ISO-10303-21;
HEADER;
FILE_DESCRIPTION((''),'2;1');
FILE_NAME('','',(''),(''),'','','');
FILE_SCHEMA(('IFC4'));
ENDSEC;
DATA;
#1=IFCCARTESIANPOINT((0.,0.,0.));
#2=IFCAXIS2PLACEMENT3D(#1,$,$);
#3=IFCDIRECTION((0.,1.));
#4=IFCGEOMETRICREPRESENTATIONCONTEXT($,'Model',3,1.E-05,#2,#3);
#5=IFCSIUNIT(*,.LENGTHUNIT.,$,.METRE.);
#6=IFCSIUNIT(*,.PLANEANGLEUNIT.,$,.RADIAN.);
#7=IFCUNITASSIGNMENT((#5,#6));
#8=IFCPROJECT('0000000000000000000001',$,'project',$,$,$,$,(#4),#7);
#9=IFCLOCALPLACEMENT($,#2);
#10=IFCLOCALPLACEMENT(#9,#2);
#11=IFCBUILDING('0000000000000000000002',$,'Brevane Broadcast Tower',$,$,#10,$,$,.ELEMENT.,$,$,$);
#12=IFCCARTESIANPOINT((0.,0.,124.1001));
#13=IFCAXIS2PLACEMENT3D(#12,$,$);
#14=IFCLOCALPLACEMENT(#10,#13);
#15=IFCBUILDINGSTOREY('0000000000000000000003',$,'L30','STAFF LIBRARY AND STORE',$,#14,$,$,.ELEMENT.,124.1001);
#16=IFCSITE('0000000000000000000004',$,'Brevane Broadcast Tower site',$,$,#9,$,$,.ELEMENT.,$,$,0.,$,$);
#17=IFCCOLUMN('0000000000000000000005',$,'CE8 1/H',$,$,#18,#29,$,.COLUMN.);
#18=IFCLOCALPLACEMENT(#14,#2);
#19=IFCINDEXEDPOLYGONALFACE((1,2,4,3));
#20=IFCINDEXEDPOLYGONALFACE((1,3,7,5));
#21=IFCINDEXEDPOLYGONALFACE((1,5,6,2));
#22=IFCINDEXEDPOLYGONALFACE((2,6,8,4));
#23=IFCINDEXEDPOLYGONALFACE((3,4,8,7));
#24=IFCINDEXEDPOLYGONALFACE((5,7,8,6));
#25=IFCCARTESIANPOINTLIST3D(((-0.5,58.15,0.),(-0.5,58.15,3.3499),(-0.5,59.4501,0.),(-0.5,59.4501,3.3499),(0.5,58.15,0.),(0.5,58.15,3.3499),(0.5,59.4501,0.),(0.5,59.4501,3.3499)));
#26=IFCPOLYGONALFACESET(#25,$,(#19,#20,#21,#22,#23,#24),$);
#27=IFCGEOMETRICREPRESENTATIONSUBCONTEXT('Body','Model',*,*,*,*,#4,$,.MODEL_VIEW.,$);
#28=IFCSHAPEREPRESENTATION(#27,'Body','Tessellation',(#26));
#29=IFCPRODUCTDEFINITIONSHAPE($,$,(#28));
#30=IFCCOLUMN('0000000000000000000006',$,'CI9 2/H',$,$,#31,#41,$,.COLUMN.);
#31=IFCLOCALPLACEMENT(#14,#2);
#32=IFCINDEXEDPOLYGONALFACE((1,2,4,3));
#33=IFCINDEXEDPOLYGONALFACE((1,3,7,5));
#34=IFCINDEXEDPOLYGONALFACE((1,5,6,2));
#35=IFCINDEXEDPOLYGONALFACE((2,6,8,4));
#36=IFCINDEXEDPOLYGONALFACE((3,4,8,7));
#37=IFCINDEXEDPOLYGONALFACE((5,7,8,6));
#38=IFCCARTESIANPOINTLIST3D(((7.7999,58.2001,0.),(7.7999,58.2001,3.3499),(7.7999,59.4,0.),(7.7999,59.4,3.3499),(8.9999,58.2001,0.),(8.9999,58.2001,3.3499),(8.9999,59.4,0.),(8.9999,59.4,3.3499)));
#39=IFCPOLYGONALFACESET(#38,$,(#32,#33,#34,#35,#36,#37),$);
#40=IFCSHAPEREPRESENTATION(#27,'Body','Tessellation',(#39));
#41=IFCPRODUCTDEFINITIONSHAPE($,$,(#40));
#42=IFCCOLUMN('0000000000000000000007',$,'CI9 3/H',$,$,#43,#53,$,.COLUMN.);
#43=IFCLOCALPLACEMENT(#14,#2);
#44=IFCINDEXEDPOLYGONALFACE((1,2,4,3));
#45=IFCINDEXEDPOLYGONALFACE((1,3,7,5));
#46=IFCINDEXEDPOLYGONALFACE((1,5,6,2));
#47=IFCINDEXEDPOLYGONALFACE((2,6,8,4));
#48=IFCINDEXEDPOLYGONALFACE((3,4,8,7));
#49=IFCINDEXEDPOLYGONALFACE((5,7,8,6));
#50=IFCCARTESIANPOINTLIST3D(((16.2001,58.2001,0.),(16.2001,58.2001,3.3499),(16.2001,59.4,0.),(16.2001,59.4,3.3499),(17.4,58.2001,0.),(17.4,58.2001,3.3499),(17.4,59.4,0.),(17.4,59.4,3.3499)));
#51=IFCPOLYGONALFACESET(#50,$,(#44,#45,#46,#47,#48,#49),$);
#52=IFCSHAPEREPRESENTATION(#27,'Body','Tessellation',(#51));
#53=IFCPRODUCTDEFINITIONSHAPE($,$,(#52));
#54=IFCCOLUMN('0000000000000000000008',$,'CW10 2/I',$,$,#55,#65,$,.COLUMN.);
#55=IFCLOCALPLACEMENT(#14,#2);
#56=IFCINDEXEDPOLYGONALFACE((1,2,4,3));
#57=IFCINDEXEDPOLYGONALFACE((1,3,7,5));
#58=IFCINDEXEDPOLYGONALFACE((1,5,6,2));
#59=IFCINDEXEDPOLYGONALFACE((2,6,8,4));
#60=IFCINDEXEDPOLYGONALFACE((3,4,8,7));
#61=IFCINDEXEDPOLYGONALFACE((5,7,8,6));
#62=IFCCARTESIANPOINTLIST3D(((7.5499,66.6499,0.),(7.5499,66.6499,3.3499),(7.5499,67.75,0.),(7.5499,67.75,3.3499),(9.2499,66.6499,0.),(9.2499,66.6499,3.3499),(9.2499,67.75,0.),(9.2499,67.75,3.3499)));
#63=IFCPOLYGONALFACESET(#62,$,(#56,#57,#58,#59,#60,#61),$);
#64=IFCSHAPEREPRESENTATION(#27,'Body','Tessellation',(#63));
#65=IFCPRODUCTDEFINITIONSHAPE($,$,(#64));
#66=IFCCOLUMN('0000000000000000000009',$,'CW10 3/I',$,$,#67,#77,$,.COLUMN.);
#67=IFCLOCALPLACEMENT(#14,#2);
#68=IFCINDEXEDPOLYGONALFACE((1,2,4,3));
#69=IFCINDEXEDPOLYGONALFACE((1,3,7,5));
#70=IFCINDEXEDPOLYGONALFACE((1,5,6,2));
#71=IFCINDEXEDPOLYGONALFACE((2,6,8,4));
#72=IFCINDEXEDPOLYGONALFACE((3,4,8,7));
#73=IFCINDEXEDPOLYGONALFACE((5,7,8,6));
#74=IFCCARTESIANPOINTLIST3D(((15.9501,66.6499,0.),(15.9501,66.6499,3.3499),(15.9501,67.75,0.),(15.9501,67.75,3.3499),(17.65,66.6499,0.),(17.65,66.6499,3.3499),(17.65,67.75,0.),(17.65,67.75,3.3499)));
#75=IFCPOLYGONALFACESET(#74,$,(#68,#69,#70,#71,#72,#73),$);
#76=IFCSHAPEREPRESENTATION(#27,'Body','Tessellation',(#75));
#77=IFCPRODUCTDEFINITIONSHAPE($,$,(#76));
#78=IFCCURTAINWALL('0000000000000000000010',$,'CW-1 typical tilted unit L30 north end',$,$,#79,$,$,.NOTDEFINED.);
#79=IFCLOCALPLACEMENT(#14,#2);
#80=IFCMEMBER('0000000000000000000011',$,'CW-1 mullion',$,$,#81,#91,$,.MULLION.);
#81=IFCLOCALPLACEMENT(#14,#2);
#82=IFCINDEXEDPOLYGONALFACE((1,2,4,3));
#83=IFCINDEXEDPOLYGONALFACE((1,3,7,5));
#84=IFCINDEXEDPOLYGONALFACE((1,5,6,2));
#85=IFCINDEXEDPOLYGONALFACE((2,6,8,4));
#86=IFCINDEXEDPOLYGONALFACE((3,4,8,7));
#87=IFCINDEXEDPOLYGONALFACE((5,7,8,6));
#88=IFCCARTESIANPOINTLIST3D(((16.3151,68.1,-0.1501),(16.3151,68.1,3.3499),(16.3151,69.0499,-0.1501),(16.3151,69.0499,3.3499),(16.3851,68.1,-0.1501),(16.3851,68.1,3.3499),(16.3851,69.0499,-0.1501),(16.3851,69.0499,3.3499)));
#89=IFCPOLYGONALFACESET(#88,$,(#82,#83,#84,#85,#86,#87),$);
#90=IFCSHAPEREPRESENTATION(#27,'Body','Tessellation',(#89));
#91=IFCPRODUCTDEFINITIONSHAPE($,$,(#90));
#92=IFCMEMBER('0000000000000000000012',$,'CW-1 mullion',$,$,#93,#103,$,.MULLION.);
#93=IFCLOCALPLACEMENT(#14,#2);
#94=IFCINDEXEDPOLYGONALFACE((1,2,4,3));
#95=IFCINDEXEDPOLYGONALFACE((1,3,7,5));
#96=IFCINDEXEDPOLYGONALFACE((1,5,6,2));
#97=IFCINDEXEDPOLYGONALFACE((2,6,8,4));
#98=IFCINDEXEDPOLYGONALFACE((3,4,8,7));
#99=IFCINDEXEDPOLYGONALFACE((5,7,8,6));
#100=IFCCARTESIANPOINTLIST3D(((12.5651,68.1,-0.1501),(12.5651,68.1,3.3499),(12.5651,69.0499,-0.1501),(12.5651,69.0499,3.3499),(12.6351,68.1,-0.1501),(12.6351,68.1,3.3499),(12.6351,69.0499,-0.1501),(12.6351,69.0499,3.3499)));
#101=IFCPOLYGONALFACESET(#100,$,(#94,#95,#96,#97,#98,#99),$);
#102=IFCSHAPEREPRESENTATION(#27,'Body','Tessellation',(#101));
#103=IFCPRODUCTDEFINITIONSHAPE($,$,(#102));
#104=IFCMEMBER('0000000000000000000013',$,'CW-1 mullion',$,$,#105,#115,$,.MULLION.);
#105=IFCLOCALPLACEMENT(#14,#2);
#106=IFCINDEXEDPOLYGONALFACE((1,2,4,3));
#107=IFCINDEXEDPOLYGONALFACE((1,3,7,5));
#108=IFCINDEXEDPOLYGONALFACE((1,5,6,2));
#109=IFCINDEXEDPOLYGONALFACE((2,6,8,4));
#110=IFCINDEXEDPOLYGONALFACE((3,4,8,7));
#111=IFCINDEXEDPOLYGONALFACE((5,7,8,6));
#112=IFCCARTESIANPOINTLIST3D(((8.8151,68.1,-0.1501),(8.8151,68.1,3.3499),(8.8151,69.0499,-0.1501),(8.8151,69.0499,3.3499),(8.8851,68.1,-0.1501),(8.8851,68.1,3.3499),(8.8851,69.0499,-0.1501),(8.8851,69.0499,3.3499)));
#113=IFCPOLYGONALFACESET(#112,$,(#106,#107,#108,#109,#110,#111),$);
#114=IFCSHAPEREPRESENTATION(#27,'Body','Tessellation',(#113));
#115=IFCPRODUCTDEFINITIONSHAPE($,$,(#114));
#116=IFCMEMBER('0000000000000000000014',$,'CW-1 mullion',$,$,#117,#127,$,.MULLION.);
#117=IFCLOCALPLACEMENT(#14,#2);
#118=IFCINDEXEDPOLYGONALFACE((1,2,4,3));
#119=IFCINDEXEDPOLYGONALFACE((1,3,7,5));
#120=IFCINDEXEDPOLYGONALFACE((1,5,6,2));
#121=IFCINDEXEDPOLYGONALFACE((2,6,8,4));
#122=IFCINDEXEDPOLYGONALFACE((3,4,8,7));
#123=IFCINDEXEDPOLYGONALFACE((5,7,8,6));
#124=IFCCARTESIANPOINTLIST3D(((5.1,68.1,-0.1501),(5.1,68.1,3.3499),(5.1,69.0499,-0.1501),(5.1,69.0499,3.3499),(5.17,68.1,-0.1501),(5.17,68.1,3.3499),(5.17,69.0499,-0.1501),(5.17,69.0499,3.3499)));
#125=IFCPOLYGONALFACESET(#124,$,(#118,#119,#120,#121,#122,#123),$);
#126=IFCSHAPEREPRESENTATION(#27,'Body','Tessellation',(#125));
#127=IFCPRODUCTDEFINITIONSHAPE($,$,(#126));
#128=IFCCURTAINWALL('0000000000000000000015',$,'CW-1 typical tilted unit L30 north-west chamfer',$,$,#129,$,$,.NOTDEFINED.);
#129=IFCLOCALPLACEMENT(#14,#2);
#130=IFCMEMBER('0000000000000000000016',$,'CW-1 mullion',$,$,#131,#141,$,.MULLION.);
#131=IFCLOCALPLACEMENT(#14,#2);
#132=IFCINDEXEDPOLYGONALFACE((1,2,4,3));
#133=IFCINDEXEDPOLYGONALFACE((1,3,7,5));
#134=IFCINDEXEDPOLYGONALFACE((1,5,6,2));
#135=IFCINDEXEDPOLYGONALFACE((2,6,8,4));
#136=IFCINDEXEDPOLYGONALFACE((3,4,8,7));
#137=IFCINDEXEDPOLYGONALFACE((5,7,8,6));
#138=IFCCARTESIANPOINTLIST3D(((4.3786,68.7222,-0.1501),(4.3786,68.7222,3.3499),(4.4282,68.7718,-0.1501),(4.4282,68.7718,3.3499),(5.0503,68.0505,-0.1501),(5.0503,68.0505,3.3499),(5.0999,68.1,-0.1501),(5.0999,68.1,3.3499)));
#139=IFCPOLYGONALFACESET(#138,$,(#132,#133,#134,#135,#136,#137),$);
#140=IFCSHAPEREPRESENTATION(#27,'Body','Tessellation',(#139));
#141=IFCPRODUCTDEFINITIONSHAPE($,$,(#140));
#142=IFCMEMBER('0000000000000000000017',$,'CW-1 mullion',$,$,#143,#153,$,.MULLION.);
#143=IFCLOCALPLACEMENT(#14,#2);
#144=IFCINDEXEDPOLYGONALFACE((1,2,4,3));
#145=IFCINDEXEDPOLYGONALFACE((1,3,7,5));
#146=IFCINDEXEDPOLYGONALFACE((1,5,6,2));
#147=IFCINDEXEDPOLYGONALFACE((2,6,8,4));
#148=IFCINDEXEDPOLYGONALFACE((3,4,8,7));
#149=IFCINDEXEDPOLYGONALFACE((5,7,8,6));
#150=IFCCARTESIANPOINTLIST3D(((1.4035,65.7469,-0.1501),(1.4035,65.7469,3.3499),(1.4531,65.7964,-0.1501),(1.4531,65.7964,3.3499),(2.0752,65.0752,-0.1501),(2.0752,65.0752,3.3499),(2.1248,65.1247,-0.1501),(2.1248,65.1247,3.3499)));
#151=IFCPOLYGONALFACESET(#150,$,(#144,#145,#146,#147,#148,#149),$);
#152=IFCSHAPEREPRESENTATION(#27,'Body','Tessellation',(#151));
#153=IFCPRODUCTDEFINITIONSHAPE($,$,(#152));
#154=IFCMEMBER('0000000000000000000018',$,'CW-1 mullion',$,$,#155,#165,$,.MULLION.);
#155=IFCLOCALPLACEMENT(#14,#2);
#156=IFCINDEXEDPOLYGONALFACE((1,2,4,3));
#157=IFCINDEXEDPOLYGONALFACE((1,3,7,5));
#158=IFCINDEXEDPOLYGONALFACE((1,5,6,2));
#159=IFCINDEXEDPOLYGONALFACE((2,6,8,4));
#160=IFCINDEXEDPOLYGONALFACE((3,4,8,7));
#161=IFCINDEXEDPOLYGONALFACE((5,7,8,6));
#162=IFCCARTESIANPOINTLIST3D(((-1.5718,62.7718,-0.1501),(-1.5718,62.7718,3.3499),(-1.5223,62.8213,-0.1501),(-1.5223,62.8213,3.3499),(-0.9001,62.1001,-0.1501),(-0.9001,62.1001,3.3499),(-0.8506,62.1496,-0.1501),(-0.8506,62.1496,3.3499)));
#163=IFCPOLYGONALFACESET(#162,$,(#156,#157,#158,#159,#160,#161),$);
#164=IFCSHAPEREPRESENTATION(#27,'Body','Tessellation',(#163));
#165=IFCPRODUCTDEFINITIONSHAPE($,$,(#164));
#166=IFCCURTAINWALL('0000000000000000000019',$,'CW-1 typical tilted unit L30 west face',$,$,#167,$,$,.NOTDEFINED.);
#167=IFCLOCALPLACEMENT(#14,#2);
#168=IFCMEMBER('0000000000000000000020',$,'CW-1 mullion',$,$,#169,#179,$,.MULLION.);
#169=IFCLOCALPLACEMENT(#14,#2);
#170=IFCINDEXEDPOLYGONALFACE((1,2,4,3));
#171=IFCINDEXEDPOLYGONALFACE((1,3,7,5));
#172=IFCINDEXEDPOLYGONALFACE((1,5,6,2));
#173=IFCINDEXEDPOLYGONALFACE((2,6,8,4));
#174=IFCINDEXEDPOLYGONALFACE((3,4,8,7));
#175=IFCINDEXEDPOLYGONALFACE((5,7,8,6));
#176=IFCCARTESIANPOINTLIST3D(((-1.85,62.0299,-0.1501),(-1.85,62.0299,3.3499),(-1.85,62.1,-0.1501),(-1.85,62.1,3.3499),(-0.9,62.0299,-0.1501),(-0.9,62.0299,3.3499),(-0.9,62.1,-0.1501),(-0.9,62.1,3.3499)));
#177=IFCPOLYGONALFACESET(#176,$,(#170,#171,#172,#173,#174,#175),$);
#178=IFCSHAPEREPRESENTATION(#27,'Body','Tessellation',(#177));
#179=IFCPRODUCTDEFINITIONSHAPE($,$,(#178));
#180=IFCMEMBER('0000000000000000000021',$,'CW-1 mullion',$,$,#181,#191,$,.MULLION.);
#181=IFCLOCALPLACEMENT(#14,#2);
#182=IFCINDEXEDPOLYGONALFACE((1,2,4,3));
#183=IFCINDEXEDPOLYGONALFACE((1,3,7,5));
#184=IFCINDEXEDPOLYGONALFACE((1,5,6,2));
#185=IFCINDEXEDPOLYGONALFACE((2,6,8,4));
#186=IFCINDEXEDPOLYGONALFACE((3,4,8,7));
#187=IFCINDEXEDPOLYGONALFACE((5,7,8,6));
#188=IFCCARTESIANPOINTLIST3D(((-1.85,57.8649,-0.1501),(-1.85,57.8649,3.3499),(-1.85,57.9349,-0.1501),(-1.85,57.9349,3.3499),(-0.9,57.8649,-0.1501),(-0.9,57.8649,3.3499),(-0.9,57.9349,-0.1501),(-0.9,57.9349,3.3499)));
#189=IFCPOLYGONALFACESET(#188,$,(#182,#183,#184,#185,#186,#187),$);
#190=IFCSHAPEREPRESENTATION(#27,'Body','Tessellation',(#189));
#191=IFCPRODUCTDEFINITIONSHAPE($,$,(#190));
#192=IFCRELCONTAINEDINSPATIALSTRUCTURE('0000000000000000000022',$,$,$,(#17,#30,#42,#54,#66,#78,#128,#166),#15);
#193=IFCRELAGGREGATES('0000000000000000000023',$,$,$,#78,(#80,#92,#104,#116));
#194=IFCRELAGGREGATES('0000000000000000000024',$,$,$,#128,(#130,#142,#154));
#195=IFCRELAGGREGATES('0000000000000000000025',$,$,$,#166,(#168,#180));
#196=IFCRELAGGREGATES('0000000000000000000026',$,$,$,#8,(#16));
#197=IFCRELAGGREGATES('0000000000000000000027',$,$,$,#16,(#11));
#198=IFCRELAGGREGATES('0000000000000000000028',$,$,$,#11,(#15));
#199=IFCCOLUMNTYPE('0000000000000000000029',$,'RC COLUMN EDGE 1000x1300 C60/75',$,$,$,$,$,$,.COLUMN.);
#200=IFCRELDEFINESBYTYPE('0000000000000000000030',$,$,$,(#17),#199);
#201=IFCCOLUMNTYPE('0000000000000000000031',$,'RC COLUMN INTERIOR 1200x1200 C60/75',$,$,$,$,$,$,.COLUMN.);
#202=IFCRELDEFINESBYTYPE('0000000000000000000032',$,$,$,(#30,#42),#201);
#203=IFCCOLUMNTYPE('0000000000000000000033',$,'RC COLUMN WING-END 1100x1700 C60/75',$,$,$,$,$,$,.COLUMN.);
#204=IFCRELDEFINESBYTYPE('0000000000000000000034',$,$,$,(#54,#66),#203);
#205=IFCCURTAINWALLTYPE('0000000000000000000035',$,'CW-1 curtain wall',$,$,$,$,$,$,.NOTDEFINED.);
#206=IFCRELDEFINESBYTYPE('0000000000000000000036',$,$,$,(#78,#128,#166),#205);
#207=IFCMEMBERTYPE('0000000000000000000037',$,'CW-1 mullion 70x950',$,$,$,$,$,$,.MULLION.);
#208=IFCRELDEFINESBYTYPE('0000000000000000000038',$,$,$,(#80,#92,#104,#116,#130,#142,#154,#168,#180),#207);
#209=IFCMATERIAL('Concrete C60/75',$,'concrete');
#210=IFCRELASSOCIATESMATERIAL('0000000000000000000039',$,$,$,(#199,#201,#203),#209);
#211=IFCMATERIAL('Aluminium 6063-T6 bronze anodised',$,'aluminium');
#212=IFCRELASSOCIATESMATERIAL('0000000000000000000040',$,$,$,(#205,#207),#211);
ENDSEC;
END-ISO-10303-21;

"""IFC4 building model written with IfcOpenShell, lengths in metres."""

from ifc_helpers import new_model, si_unit, direction, frame, origin, origin_2d, place, context, subcontext, project, spatial, rectangle, extrude, material, material_profile, profile_set, type_object, element, aggregate, save


model = new_model("IFC4")

# Units and contexts
model_context = context("Model", 3, precision=1e-05, world=origin(), true_north=direction((0.0, 1.0)))
body_context = subcontext(model_context, "Body", "Model", "MODEL_VIEW")
ifc_project = project(units=[si_unit("LENGTHUNIT", "METRE"), si_unit("PLANEANGLEUNIT", "RADIAN")], contexts=[model_context])

# Site, building, storey
site_placement = place(None, origin())
site = spatial("IfcSite", under=ifc_project, at=site_placement, Name="Brevane Broadcast Tower site", CompositionType="ELEMENT", RefElevation=0.0)
building_placement = place(site_placement, origin())
building = spatial("IfcBuilding", under=site, at=building_placement, Name="Brevane Broadcast Tower", CompositionType="ELEMENT")
storey_placement = place(building_placement, frame((0.0, 0.0, 124.1001)))
storey = spatial("IfcBuildingStorey", under=building, at=storey_placement, Name="L30", Description="STAFF LIBRARY AND STORE", CompositionType="ELEMENT", Elevation=124.1001)

# Columns
ifc_material_1 = material(Name="Concrete C60/75", Category="concrete")
ifc_material_profile_1 = material_profile(ifc_material_1, rectangle(XDim=1.0, YDim=1.3, at=origin_2d()), Name="RC 1000x1300")
ifc_profile_set_1 = profile_set([ifc_material_profile_1], Name="Concrete C60/75")
column_type_1 = type_object("IfcColumnType", Name="RC COLUMN EDGE 1000x1300 C60/75", PredefinedType="COLUMN", material=ifc_profile_set_1)
column_placement = place(storey_placement, frame((0.0, 58.8, 0.0), z_axis=(0.0, 0.0, 1.0), x_axis=(1.0, 0.0, 0.0)))
element("IfcColumn", 1, at=column_placement, inside=storey, type_object=column_type_1, Name="CE8 1/H", PredefinedType="COLUMN", context=body_context, shape_type="SweptSolid", body=[
    extrude(rectangle(XDim=1.0, YDim=1.3, at=origin_2d()), origin(), (0.0, 0.0, 1.0), 3.3499),
])
ifc_material_profile_2 = material_profile(ifc_material_1, rectangle(XDim=1.2, YDim=1.2, at=origin_2d()), Name="RC 1200x1200")
ifc_profile_set_2 = profile_set([ifc_material_profile_2], Name="Concrete C60/75")
column_type_2 = type_object("IfcColumnType", Name="RC COLUMN INTERIOR 1200x1200 C60/75", PredefinedType="COLUMN", material=ifc_profile_set_2)
for number, where, z_axis, x_axis, name in (
    (2, (8.3999, 58.8, 0.0), (0.0, 0.0, 1.0), (1.0, 0.0, 0.0), "CI9 2/H"),
    (3, (16.8, 58.8, 0.0), (0.0, 0.0, 1.0), (1.0, 0.0, 0.0), "CI9 3/H"),
):
    element("IfcColumn", number, at=place(storey_placement, frame(where, z_axis=z_axis, x_axis=x_axis)), inside=storey, type_object=column_type_2, Name=name, PredefinedType="COLUMN", context=body_context, shape_type="SweptSolid", body=[
        extrude(rectangle(XDim=1.2, YDim=1.2, at=origin_2d()), origin(), (0.0, 0.0, 1.0), 3.3499),
    ])
ifc_material_profile_3 = material_profile(ifc_material_1, rectangle(XDim=1.1001, YDim=1.7, at=origin_2d()), Name="RC 1100x1700")
ifc_profile_set_3 = profile_set([ifc_material_profile_3], Name="Concrete C60/75")
column_type_3 = type_object("IfcColumnType", Name="RC COLUMN WING-END 1100x1700 C60/75", PredefinedType="COLUMN", material=ifc_profile_set_3)
for number, where, z_axis, x_axis, name in (
    (4, (8.3999, 67.2, 0.0), (0.0, 0.0, 1.0), (0.0, 1.0, 0.0), "CW10 2/I"),
    (5, (16.8, 67.2, 0.0), (0.0, 0.0, 1.0), (0.0, 1.0, 0.0), "CW10 3/I"),
):
    element("IfcColumn", number, at=place(storey_placement, frame(where, z_axis=z_axis, x_axis=x_axis)), inside=storey, type_object=column_type_3, Name=name, PredefinedType="COLUMN", context=body_context, shape_type="SweptSolid", body=[
        extrude(rectangle(XDim=1.1001, YDim=1.7, at=origin_2d()), origin(), (0.0, 0.0, 1.0), 3.3499),
    ])

# Curtain walls, members
ifc_material_2 = material(Name="Aluminium 6063-T6 bronze anodised", Category="aluminium")
curtain_wall_type = type_object("IfcCurtainWallType", Name="CW-1 curtain wall", PredefinedType="NOTDEFINED", material=ifc_material_2)
curtain_wall_1_placement = place(storey_placement, origin())
curtain_wall_1 = element("IfcCurtainWall", 6, at=curtain_wall_1_placement, inside=storey, type_object=curtain_wall_type, Name="CW-1 typical tilted unit L30 north end", PredefinedType="NOTDEFINED")
ifc_material_profile_4 = material_profile(ifc_material_2, rectangle(XDim=0.95, YDim=0.0701, at=origin_2d()), Name="RECT 70x950")
ifc_profile_set_4 = profile_set([ifc_material_profile_4], Name="Aluminium 6063-T6 bronze anodised")
member_type_1 = type_object("IfcMemberType", Name="CW-1 mullion 70x950", PredefinedType="MULLION", material=ifc_profile_set_4)
member_1_placement = place(storey_placement, frame((16.3501, 68.575, -0.1501), z_axis=(0.0, 0.0, 1.0), x_axis=(0.0, -1.0, 0.0)))
member_1 = element("IfcMember", 7, at=member_1_placement, type_object=member_type_1, Name="CW-1 mullion", PredefinedType="MULLION", context=body_context, shape_type="SweptSolid", body=[
    extrude(rectangle(XDim=0.95, YDim=0.0701, at=origin_2d()), origin(), (0.0, 0.0, 1.0), 3.5),
])
member_2_placement = place(storey_placement, frame((12.6001, 68.575, -0.1501), z_axis=(0.0, 0.0, 1.0), x_axis=(0.0, -1.0, 0.0)))
member_2 = element("IfcMember", 8, at=member_2_placement, type_object=member_type_1, Name="CW-1 mullion", PredefinedType="MULLION", context=body_context, shape_type="SweptSolid", body=[
    extrude(rectangle(XDim=0.95, YDim=0.0701, at=origin_2d()), origin(), (0.0, 0.0, 1.0), 3.5),
])
member_3_placement = place(storey_placement, frame((8.8501, 68.575, -0.1501), z_axis=(0.0, 0.0, 1.0), x_axis=(0.0, -1.0, 0.0)))
member_3 = element("IfcMember", 9, at=member_3_placement, type_object=member_type_1, Name="CW-1 mullion", PredefinedType="MULLION", context=body_context, shape_type="SweptSolid", body=[
    extrude(rectangle(XDim=0.95, YDim=0.0701, at=origin_2d()), origin(), (0.0, 0.0, 1.0), 3.5),
])
member_4_placement = place(storey_placement, frame((5.135, 68.575, -0.1501), z_axis=(0.0, 0.0, 1.0), x_axis=(0.0, -1.0, 0.0)))
member_4 = element("IfcMember", 10, at=member_4_placement, type_object=member_type_1, Name="CW-1 mullion", PredefinedType="MULLION", context=body_context, shape_type="SweptSolid", body=[
    extrude(rectangle(XDim=0.95, YDim=0.0701, at=origin_2d()), origin(), (0.0, 0.0, 1.0), 3.5),
])
aggregate(curtain_wall_1, [member_1, member_2, member_3, member_4])
curtain_wall_2_placement = place(storey_placement, origin())
curtain_wall_2 = element("IfcCurtainWall", 11, at=curtain_wall_2_placement, inside=storey, type_object=curtain_wall_type, Name="CW-1 typical tilted unit L30 north-west chamfer", PredefinedType="NOTDEFINED")
member_5_placement = place(storey_placement, frame((4.7393, 68.4111, -0.1501), z_axis=(0.0, 0.0, 1.0), x_axis=(0.707107, -0.707107, 0.0)))
member_5 = element("IfcMember", 12, at=member_5_placement, type_object=member_type_1, Name="CW-1 mullion", PredefinedType="MULLION", context=body_context, shape_type="SweptSolid", body=[
    extrude(rectangle(XDim=0.95, YDim=0.0701, at=origin_2d()), origin(), (0.0, 0.0, 1.0), 3.5),
])
member_6_placement = place(storey_placement, frame((1.7642, 65.4358, -0.1501), z_axis=(0.0, 0.0, 1.0), x_axis=(0.707107, -0.707107, 0.0)))
member_6 = element("IfcMember", 13, at=member_6_placement, type_object=member_type_1, Name="CW-1 mullion", PredefinedType="MULLION", context=body_context, shape_type="SweptSolid", body=[
    extrude(rectangle(XDim=0.95, YDim=0.0701, at=origin_2d()), origin(), (0.0, 0.0, 1.0), 3.5),
])
member_7_placement = place(storey_placement, frame((-1.2112, 62.4607, -0.1501), z_axis=(0.0, 0.0, 1.0), x_axis=(0.707107, -0.707107, 0.0)))
member_7 = element("IfcMember", 14, at=member_7_placement, type_object=member_type_1, Name="CW-1 mullion", PredefinedType="MULLION", context=body_context, shape_type="SweptSolid", body=[
    extrude(rectangle(XDim=0.95, YDim=0.0701, at=origin_2d()), origin(), (0.0, 0.0, 1.0), 3.5),
])
curtain_wall_3_placement = place(storey_placement, origin())
curtain_wall_3 = element("IfcCurtainWall", 15, at=curtain_wall_3_placement, inside=storey, type_object=curtain_wall_type, Name="CW-1 typical tilted unit L30 west face", PredefinedType="NOTDEFINED")
member_8_placement = place(storey_placement, frame((-1.375, 62.0649, -0.1501), z_axis=(0.0, 0.0, 1.0), x_axis=(1.0, 0.0, 0.0)))
member_8 = element("IfcMember", 16, at=member_8_placement, type_object=member_type_1, Name="CW-1 mullion", PredefinedType="MULLION", context=body_context, shape_type="SweptSolid", body=[
    extrude(rectangle(XDim=0.95, YDim=0.0701, at=origin_2d()), origin(), (0.0, 0.0, 1.0), 3.5),
])
member_9_placement = place(storey_placement, frame((-1.375, 57.8999, -0.1501), z_axis=(0.0, 0.0, 1.0), x_axis=(1.0, 0.0, 0.0)))
member_9 = element("IfcMember", 17, at=member_9_placement, type_object=member_type_1, Name="CW-1 mullion", PredefinedType="MULLION", context=body_context, shape_type="SweptSolid", body=[
    extrude(rectangle(XDim=0.95, YDim=0.0701, at=origin_2d()), origin(), (0.0, 0.0, 1.0), 3.5),
])

aggregate(curtain_wall_2, [member_5, member_6, member_7])
aggregate(curtain_wall_3, [member_8, member_9])

save(model, "model.ifc")
